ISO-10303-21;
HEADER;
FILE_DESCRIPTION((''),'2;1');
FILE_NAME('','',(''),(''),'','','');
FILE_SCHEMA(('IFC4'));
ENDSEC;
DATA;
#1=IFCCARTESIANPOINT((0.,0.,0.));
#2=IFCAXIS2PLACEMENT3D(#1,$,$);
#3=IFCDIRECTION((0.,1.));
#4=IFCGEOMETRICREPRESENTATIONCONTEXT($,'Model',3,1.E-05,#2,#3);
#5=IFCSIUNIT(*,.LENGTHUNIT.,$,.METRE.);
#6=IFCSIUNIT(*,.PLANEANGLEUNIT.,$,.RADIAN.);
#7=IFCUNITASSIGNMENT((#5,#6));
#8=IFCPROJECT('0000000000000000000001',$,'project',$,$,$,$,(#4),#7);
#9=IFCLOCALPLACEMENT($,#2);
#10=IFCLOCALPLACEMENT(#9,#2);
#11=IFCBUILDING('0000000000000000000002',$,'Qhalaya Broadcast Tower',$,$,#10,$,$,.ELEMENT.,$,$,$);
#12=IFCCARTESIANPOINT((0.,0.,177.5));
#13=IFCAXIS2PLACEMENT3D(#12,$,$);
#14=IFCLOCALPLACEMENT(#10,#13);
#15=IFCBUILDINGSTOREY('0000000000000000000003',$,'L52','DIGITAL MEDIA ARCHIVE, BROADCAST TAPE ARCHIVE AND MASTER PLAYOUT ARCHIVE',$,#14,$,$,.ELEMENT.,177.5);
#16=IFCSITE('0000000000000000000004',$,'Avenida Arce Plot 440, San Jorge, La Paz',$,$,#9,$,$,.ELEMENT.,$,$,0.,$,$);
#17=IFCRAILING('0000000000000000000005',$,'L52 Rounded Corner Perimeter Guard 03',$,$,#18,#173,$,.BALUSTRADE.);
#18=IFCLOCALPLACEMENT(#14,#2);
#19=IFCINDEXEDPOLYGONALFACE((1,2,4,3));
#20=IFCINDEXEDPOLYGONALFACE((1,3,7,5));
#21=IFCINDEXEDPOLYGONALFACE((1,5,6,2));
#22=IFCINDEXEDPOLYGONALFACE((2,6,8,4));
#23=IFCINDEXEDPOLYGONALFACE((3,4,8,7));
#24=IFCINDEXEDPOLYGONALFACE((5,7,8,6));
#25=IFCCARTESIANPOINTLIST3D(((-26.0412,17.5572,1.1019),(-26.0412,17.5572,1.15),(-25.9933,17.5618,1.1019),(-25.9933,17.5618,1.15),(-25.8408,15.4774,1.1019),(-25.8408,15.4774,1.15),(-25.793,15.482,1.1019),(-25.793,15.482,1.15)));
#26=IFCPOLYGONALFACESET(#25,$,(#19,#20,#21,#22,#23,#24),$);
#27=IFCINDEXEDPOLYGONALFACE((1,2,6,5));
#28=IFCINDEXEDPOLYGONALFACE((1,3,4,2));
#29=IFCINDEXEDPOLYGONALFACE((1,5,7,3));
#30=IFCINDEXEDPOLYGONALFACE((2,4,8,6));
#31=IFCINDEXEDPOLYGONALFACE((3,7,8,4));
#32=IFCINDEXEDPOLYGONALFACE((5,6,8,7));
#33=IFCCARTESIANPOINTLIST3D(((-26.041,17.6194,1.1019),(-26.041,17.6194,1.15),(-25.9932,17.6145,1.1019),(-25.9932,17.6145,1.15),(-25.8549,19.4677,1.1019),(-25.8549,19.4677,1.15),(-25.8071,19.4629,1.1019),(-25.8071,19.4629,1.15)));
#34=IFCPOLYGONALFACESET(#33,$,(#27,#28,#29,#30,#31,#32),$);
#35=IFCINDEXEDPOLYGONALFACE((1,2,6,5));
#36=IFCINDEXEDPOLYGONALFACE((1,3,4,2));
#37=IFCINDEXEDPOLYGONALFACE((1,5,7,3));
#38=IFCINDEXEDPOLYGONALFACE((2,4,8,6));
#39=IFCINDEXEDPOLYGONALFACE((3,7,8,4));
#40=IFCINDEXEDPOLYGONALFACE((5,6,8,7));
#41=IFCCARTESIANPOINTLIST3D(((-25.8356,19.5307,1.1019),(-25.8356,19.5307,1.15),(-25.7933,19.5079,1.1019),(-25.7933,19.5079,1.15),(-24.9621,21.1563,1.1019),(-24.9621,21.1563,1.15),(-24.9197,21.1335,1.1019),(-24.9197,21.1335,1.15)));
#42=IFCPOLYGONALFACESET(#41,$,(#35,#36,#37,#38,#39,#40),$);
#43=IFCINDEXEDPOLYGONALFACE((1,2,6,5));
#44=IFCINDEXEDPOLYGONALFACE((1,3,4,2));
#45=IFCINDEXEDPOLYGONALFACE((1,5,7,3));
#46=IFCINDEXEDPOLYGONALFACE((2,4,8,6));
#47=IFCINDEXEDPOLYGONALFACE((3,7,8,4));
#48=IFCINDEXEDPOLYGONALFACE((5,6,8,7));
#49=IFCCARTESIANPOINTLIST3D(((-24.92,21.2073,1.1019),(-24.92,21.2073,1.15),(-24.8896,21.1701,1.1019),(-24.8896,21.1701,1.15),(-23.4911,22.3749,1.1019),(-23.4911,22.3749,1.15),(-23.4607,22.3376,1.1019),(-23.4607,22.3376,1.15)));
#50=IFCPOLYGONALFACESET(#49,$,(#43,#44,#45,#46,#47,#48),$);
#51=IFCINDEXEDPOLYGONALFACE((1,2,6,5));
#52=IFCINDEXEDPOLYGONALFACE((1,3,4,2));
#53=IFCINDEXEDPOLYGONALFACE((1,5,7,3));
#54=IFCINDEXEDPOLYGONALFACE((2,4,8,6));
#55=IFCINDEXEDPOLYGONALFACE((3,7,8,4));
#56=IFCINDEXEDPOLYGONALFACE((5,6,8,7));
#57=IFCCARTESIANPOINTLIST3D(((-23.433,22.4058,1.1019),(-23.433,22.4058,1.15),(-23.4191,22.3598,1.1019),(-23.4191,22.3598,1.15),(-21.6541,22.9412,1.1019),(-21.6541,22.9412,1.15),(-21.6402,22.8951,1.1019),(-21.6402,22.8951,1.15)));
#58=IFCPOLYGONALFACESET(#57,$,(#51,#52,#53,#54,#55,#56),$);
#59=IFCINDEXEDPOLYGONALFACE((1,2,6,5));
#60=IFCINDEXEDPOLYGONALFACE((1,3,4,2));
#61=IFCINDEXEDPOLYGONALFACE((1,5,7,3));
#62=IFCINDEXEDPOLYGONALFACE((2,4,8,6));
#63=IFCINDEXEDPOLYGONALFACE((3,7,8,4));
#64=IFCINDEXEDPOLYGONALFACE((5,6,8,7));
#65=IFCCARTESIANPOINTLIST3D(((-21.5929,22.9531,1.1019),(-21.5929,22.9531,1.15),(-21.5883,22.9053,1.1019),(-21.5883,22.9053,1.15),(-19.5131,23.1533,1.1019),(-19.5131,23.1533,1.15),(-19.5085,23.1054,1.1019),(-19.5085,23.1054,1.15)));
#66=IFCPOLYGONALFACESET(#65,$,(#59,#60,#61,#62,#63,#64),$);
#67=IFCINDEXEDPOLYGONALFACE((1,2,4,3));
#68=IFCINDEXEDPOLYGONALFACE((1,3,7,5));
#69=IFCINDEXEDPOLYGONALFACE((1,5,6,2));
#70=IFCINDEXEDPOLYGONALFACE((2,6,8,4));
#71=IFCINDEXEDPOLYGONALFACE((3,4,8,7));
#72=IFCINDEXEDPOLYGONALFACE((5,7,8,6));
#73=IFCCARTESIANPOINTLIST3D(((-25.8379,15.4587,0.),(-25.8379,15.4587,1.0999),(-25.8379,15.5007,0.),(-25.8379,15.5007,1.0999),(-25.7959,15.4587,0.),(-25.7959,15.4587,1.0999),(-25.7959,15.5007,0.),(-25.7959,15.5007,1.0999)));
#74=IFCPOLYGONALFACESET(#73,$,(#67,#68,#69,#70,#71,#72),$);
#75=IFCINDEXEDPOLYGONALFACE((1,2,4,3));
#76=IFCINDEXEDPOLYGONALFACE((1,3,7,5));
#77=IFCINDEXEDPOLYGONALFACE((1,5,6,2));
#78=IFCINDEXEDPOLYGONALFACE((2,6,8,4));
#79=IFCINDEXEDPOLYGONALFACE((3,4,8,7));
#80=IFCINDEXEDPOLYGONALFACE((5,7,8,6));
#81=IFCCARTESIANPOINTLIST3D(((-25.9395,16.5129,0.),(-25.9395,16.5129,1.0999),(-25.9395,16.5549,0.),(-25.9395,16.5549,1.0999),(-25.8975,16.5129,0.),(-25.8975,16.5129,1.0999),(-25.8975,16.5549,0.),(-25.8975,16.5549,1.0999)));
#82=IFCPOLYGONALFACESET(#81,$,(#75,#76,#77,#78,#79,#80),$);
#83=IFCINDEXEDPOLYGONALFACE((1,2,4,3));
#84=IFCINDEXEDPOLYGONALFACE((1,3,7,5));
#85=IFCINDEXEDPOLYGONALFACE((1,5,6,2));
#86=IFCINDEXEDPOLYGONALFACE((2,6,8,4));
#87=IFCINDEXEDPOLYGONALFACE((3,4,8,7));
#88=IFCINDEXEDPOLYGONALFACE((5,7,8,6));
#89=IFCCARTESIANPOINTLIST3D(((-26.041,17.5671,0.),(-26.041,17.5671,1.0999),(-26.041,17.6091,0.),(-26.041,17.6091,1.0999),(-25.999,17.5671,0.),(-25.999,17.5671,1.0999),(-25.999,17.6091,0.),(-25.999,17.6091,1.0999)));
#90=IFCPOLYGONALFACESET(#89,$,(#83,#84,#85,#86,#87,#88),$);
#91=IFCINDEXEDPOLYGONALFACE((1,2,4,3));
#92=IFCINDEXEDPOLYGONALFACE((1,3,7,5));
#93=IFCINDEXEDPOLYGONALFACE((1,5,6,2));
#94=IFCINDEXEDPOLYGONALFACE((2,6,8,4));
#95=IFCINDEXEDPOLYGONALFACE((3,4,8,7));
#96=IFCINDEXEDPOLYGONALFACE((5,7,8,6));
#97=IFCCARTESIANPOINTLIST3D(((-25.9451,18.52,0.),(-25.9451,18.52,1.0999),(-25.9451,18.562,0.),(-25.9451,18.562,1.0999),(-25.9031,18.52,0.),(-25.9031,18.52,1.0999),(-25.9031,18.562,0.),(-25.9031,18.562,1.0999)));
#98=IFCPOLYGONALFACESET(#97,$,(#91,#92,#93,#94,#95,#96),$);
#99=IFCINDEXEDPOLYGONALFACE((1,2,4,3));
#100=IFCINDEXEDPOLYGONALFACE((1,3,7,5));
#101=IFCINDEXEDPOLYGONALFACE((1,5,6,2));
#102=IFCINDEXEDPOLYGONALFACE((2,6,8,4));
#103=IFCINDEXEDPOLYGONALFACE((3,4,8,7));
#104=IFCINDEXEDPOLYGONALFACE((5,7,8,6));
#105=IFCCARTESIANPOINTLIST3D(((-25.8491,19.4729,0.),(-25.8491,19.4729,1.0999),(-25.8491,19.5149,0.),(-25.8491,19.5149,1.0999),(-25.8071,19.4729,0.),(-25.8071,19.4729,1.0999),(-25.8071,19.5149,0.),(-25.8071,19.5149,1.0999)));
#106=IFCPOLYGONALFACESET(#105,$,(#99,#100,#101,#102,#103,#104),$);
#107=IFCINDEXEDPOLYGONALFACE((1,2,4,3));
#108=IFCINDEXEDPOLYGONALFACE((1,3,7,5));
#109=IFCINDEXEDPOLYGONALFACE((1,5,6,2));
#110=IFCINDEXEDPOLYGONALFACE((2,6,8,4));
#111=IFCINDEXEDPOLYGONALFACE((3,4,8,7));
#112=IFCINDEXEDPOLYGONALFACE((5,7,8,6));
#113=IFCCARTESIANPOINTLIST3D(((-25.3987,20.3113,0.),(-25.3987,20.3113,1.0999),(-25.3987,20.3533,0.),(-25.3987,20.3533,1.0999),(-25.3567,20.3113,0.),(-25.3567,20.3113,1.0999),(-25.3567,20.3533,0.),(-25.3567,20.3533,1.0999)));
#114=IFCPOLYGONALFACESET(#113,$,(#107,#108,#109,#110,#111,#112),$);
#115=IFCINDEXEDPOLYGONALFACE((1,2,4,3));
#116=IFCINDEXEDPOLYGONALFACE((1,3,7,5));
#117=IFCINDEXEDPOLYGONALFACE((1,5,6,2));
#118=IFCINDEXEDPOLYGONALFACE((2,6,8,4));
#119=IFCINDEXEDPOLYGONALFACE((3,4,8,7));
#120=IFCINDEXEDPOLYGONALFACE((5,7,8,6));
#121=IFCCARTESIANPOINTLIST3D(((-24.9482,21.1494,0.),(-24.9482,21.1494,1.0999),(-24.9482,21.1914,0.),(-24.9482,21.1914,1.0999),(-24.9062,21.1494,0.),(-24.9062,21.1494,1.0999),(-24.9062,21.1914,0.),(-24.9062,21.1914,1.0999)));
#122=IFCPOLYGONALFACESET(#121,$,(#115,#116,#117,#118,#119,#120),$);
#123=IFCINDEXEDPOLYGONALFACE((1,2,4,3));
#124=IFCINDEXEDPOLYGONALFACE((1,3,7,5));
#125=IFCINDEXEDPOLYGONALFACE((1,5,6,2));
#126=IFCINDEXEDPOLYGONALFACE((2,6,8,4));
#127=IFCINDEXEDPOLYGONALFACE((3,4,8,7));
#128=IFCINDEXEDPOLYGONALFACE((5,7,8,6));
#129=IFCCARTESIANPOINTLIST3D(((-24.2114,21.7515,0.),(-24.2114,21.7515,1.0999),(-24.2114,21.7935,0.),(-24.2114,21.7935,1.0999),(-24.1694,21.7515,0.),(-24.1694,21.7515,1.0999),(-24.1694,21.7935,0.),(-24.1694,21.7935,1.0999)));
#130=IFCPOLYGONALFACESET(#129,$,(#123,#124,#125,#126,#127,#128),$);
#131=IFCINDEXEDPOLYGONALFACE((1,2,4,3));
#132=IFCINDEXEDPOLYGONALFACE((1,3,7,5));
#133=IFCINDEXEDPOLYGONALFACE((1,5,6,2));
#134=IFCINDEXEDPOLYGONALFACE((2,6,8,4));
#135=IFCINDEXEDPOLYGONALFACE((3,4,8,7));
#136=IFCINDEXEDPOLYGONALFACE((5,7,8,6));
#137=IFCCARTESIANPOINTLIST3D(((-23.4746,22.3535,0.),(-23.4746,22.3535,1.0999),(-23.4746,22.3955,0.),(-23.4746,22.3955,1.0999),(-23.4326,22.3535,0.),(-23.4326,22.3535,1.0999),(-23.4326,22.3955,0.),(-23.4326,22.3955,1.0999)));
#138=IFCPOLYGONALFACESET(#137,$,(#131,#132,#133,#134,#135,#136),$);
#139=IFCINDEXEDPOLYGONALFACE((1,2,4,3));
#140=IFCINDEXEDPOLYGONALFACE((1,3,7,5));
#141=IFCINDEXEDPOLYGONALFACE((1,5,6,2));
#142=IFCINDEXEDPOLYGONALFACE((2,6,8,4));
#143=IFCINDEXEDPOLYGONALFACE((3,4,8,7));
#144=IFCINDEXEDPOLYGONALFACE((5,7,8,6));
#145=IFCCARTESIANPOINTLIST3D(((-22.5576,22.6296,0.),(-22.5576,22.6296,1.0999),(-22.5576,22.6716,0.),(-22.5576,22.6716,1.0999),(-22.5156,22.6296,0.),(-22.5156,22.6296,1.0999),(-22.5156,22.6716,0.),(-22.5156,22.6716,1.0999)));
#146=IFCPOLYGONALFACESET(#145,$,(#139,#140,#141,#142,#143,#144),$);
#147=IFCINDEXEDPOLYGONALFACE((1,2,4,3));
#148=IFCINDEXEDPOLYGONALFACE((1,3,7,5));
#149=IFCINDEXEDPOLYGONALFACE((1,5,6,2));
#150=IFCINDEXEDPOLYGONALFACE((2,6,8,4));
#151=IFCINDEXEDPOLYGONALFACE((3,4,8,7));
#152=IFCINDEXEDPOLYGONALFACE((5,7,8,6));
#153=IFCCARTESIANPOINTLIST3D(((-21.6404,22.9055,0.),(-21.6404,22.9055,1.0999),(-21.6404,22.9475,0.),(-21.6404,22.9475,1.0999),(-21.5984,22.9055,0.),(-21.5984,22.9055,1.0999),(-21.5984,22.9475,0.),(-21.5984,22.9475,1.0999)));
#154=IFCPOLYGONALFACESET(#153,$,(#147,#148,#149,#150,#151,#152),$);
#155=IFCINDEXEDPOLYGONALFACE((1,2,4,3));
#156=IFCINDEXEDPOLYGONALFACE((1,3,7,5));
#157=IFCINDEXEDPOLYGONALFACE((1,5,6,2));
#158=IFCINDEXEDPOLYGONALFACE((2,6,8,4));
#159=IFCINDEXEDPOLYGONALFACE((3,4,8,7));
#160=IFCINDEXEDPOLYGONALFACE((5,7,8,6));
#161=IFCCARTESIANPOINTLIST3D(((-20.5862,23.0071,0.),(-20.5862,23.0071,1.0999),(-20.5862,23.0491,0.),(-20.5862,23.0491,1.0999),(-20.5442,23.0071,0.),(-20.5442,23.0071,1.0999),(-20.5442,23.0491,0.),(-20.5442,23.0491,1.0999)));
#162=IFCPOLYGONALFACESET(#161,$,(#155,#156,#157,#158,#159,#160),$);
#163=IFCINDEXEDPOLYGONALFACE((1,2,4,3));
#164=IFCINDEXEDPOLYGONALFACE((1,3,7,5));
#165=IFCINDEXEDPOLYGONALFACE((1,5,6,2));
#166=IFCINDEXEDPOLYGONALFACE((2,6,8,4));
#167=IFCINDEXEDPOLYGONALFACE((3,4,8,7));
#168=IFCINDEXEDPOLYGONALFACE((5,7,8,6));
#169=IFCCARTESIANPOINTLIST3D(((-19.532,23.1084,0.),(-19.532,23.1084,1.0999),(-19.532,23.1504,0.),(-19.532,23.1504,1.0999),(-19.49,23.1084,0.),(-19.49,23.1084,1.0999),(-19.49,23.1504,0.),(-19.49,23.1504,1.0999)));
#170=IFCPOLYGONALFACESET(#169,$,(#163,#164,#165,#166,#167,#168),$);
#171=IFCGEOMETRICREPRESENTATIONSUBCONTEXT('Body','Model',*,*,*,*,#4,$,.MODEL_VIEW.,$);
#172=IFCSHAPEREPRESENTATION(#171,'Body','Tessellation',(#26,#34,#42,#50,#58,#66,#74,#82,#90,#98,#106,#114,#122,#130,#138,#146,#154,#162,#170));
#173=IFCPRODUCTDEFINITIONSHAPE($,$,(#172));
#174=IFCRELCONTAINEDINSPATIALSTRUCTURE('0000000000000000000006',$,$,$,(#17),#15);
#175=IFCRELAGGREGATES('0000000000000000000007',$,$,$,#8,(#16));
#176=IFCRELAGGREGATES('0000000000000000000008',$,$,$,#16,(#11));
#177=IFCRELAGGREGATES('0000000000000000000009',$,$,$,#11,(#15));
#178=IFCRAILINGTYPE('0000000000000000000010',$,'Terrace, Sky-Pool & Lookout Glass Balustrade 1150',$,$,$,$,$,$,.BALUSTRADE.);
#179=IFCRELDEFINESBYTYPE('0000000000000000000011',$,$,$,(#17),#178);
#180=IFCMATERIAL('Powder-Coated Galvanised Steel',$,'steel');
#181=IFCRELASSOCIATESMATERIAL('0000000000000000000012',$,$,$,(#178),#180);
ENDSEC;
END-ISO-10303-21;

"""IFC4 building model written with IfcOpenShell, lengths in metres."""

from ifc_helpers import new_model, si_unit, direction, frame, origin, origin_2d, place, context, subcontext, project, spatial, rectangle, extrude, material, type_object, element, save


model = new_model("IFC4")

# Units and contexts
model_context = context("Model", 3, precision=1e-05, world=origin(), true_north=direction((0.0, 1.0)))
body_context = subcontext(model_context, "Body", "Model", "MODEL_VIEW")
ifc_project = project(units=[si_unit("LENGTHUNIT", "METRE"), si_unit("PLANEANGLEUNIT", "RADIAN")], contexts=[model_context])

# Site, building, storey
site_placement = place(None, origin())
site = spatial("IfcSite", under=ifc_project, at=site_placement, Name="Avenida Arce Plot 440, San Jorge, La Paz", CompositionType="ELEMENT", RefElevation=0.0)
building_placement = place(site_placement, origin())
building = spatial("IfcBuilding", under=site, at=building_placement, Name="Qhalaya Broadcast Tower", CompositionType="ELEMENT")
storey_placement = place(building_placement, frame((0.0, 0.0, 177.5)))
storey = spatial("IfcBuildingStorey", under=building, at=storey_placement, Name="L52", Description="DIGITAL MEDIA ARCHIVE, BROADCAST TAPE ARCHIVE AND MASTER PLAYOUT ARCHIVE", CompositionType="ELEMENT", Elevation=177.5)

# Railing
ifc_material_1 = material(Name="Powder-Coated Galvanised Steel", Category="steel")
railing_type = type_object("IfcRailingType", Name="Terrace, Sky-Pool & Lookout Glass Balustrade 1150", PredefinedType="BALUSTRADE", material=ifc_material_1)
railing_placement = place(storey_placement, frame((-25.8169, 15.4797, 0.0)))
element("IfcRailing", 1, at=railing_placement, inside=storey, type_object=railing_type, Name="L52 Rounded Corner Perimeter Guard 03", PredefinedType="BALUSTRADE", context=body_context, shape_type="SweptSolid", body=[
    extrude(rectangle(XDim=0.0481, YDim=0.0481, at=origin_2d()), frame((0.0, 0.0, 1.126), z_axis=(-0.095897, 0.995391, 0.0), x_axis=(-0.995391, -0.095897, 0.0)), (0.0, 0.0, 1.0), 2.0894),
    extrude(rectangle(XDim=0.0481, YDim=0.0481, at=origin_2d()), frame((-0.2002, 2.1372, 1.126), z_axis=(0.100185, 0.994969, 0.0), x_axis=(-0.994969, 0.100185, 0.0)), (0.0, 0.0, 1.0), 1.8577),
    extrude(rectangle(XDim=0.0481, YDim=0.0481, at=origin_2d()), frame((0.0024, 4.0396, 1.126), z_axis=(0.473342, 0.880879, 0.0), x_axis=(-0.880879, 0.473342, 0.0)), (0.0, 0.0, 1.0), 1.8455),
    extrude(rectangle(XDim=0.0481, YDim=0.0481, at=origin_2d()), frame((0.9121, 5.709, 1.126), z_axis=(0.774369, 0.632735, 0.0), x_axis=(-0.632735, 0.774369, 0.0)), (0.0, 0.0, 1.0), 1.8452),
    extrude(rectangle(XDim=0.0481, YDim=0.0481, at=origin_2d()), frame((2.3909, 6.9031, 1.126), z_axis=(0.957577, 0.288178, 0.0), x_axis=(-0.288178, 0.957577, 0.0)), (0.0, 0.0, 1.0), 1.8577),
    extrude(rectangle(XDim=0.0481, YDim=0.0481, at=origin_2d()), frame((4.2263, 7.4495, 1.126), z_axis=(0.995402, 0.095783, 0.0), x_axis=(-0.095783, 0.995402, 0.0)), (0.0, 0.0, 1.0), 2.0894),
    extrude(rectangle(XDim=0.042, YDim=0.042, at=origin_2d()), origin(), (0.0, 0.0, 1.0), 1.0999),
    extrude(rectangle(XDim=0.042, YDim=0.042, at=origin_2d()), frame((-0.1016, 1.0542, 0.0)), (0.0, 0.0, 1.0), 1.0999),
    extrude(rectangle(XDim=0.042, YDim=0.042, at=origin_2d()), frame((-0.2031, 2.1084, 0.0)), (0.0, 0.0, 1.0), 1.0999),
    extrude(rectangle(XDim=0.042, YDim=0.042, at=origin_2d()), frame((-0.1072, 3.0613, 0.0)), (0.0, 0.0, 1.0), 1.0999),
    extrude(rectangle(XDim=0.042, YDim=0.042, at=origin_2d()), frame((-0.0112, 4.0142, 0.0)), (0.0, 0.0, 1.0), 1.0999),
    extrude(rectangle(XDim=0.042, YDim=0.042, at=origin_2d()), frame((0.4392, 4.8525, 0.0)), (0.0, 0.0, 1.0), 1.0999),
    extrude(rectangle(XDim=0.042, YDim=0.042, at=origin_2d()), frame((0.8896, 5.6907, 0.0)), (0.0, 0.0, 1.0), 1.0999),
    extrude(rectangle(XDim=0.042, YDim=0.042, at=origin_2d()), frame((1.6265, 6.2927, 0.0)), (0.0, 0.0, 1.0), 1.0999),
    extrude(rectangle(XDim=0.042, YDim=0.042, at=origin_2d()), frame((2.3633, 6.8948, 0.0)), (0.0, 0.0, 1.0), 1.0999),
    extrude(rectangle(XDim=0.042, YDim=0.042, at=origin_2d()), frame((3.2803, 7.1709, 0.0)), (0.0, 0.0, 1.0), 1.0999),
    extrude(rectangle(XDim=0.042, YDim=0.042, at=origin_2d()), frame((4.1975, 7.4468, 0.0)), (0.0, 0.0, 1.0), 1.0999),
    extrude(rectangle(XDim=0.042, YDim=0.042, at=origin_2d()), frame((5.2517, 7.5483, 0.0)), (0.0, 0.0, 1.0), 1.0999),
    extrude(rectangle(XDim=0.042, YDim=0.042, at=origin_2d()), frame((6.3059, 7.6497, 0.0)), (0.0, 0.0, 1.0), 1.0999),
])

save(model, "model.ifc")
